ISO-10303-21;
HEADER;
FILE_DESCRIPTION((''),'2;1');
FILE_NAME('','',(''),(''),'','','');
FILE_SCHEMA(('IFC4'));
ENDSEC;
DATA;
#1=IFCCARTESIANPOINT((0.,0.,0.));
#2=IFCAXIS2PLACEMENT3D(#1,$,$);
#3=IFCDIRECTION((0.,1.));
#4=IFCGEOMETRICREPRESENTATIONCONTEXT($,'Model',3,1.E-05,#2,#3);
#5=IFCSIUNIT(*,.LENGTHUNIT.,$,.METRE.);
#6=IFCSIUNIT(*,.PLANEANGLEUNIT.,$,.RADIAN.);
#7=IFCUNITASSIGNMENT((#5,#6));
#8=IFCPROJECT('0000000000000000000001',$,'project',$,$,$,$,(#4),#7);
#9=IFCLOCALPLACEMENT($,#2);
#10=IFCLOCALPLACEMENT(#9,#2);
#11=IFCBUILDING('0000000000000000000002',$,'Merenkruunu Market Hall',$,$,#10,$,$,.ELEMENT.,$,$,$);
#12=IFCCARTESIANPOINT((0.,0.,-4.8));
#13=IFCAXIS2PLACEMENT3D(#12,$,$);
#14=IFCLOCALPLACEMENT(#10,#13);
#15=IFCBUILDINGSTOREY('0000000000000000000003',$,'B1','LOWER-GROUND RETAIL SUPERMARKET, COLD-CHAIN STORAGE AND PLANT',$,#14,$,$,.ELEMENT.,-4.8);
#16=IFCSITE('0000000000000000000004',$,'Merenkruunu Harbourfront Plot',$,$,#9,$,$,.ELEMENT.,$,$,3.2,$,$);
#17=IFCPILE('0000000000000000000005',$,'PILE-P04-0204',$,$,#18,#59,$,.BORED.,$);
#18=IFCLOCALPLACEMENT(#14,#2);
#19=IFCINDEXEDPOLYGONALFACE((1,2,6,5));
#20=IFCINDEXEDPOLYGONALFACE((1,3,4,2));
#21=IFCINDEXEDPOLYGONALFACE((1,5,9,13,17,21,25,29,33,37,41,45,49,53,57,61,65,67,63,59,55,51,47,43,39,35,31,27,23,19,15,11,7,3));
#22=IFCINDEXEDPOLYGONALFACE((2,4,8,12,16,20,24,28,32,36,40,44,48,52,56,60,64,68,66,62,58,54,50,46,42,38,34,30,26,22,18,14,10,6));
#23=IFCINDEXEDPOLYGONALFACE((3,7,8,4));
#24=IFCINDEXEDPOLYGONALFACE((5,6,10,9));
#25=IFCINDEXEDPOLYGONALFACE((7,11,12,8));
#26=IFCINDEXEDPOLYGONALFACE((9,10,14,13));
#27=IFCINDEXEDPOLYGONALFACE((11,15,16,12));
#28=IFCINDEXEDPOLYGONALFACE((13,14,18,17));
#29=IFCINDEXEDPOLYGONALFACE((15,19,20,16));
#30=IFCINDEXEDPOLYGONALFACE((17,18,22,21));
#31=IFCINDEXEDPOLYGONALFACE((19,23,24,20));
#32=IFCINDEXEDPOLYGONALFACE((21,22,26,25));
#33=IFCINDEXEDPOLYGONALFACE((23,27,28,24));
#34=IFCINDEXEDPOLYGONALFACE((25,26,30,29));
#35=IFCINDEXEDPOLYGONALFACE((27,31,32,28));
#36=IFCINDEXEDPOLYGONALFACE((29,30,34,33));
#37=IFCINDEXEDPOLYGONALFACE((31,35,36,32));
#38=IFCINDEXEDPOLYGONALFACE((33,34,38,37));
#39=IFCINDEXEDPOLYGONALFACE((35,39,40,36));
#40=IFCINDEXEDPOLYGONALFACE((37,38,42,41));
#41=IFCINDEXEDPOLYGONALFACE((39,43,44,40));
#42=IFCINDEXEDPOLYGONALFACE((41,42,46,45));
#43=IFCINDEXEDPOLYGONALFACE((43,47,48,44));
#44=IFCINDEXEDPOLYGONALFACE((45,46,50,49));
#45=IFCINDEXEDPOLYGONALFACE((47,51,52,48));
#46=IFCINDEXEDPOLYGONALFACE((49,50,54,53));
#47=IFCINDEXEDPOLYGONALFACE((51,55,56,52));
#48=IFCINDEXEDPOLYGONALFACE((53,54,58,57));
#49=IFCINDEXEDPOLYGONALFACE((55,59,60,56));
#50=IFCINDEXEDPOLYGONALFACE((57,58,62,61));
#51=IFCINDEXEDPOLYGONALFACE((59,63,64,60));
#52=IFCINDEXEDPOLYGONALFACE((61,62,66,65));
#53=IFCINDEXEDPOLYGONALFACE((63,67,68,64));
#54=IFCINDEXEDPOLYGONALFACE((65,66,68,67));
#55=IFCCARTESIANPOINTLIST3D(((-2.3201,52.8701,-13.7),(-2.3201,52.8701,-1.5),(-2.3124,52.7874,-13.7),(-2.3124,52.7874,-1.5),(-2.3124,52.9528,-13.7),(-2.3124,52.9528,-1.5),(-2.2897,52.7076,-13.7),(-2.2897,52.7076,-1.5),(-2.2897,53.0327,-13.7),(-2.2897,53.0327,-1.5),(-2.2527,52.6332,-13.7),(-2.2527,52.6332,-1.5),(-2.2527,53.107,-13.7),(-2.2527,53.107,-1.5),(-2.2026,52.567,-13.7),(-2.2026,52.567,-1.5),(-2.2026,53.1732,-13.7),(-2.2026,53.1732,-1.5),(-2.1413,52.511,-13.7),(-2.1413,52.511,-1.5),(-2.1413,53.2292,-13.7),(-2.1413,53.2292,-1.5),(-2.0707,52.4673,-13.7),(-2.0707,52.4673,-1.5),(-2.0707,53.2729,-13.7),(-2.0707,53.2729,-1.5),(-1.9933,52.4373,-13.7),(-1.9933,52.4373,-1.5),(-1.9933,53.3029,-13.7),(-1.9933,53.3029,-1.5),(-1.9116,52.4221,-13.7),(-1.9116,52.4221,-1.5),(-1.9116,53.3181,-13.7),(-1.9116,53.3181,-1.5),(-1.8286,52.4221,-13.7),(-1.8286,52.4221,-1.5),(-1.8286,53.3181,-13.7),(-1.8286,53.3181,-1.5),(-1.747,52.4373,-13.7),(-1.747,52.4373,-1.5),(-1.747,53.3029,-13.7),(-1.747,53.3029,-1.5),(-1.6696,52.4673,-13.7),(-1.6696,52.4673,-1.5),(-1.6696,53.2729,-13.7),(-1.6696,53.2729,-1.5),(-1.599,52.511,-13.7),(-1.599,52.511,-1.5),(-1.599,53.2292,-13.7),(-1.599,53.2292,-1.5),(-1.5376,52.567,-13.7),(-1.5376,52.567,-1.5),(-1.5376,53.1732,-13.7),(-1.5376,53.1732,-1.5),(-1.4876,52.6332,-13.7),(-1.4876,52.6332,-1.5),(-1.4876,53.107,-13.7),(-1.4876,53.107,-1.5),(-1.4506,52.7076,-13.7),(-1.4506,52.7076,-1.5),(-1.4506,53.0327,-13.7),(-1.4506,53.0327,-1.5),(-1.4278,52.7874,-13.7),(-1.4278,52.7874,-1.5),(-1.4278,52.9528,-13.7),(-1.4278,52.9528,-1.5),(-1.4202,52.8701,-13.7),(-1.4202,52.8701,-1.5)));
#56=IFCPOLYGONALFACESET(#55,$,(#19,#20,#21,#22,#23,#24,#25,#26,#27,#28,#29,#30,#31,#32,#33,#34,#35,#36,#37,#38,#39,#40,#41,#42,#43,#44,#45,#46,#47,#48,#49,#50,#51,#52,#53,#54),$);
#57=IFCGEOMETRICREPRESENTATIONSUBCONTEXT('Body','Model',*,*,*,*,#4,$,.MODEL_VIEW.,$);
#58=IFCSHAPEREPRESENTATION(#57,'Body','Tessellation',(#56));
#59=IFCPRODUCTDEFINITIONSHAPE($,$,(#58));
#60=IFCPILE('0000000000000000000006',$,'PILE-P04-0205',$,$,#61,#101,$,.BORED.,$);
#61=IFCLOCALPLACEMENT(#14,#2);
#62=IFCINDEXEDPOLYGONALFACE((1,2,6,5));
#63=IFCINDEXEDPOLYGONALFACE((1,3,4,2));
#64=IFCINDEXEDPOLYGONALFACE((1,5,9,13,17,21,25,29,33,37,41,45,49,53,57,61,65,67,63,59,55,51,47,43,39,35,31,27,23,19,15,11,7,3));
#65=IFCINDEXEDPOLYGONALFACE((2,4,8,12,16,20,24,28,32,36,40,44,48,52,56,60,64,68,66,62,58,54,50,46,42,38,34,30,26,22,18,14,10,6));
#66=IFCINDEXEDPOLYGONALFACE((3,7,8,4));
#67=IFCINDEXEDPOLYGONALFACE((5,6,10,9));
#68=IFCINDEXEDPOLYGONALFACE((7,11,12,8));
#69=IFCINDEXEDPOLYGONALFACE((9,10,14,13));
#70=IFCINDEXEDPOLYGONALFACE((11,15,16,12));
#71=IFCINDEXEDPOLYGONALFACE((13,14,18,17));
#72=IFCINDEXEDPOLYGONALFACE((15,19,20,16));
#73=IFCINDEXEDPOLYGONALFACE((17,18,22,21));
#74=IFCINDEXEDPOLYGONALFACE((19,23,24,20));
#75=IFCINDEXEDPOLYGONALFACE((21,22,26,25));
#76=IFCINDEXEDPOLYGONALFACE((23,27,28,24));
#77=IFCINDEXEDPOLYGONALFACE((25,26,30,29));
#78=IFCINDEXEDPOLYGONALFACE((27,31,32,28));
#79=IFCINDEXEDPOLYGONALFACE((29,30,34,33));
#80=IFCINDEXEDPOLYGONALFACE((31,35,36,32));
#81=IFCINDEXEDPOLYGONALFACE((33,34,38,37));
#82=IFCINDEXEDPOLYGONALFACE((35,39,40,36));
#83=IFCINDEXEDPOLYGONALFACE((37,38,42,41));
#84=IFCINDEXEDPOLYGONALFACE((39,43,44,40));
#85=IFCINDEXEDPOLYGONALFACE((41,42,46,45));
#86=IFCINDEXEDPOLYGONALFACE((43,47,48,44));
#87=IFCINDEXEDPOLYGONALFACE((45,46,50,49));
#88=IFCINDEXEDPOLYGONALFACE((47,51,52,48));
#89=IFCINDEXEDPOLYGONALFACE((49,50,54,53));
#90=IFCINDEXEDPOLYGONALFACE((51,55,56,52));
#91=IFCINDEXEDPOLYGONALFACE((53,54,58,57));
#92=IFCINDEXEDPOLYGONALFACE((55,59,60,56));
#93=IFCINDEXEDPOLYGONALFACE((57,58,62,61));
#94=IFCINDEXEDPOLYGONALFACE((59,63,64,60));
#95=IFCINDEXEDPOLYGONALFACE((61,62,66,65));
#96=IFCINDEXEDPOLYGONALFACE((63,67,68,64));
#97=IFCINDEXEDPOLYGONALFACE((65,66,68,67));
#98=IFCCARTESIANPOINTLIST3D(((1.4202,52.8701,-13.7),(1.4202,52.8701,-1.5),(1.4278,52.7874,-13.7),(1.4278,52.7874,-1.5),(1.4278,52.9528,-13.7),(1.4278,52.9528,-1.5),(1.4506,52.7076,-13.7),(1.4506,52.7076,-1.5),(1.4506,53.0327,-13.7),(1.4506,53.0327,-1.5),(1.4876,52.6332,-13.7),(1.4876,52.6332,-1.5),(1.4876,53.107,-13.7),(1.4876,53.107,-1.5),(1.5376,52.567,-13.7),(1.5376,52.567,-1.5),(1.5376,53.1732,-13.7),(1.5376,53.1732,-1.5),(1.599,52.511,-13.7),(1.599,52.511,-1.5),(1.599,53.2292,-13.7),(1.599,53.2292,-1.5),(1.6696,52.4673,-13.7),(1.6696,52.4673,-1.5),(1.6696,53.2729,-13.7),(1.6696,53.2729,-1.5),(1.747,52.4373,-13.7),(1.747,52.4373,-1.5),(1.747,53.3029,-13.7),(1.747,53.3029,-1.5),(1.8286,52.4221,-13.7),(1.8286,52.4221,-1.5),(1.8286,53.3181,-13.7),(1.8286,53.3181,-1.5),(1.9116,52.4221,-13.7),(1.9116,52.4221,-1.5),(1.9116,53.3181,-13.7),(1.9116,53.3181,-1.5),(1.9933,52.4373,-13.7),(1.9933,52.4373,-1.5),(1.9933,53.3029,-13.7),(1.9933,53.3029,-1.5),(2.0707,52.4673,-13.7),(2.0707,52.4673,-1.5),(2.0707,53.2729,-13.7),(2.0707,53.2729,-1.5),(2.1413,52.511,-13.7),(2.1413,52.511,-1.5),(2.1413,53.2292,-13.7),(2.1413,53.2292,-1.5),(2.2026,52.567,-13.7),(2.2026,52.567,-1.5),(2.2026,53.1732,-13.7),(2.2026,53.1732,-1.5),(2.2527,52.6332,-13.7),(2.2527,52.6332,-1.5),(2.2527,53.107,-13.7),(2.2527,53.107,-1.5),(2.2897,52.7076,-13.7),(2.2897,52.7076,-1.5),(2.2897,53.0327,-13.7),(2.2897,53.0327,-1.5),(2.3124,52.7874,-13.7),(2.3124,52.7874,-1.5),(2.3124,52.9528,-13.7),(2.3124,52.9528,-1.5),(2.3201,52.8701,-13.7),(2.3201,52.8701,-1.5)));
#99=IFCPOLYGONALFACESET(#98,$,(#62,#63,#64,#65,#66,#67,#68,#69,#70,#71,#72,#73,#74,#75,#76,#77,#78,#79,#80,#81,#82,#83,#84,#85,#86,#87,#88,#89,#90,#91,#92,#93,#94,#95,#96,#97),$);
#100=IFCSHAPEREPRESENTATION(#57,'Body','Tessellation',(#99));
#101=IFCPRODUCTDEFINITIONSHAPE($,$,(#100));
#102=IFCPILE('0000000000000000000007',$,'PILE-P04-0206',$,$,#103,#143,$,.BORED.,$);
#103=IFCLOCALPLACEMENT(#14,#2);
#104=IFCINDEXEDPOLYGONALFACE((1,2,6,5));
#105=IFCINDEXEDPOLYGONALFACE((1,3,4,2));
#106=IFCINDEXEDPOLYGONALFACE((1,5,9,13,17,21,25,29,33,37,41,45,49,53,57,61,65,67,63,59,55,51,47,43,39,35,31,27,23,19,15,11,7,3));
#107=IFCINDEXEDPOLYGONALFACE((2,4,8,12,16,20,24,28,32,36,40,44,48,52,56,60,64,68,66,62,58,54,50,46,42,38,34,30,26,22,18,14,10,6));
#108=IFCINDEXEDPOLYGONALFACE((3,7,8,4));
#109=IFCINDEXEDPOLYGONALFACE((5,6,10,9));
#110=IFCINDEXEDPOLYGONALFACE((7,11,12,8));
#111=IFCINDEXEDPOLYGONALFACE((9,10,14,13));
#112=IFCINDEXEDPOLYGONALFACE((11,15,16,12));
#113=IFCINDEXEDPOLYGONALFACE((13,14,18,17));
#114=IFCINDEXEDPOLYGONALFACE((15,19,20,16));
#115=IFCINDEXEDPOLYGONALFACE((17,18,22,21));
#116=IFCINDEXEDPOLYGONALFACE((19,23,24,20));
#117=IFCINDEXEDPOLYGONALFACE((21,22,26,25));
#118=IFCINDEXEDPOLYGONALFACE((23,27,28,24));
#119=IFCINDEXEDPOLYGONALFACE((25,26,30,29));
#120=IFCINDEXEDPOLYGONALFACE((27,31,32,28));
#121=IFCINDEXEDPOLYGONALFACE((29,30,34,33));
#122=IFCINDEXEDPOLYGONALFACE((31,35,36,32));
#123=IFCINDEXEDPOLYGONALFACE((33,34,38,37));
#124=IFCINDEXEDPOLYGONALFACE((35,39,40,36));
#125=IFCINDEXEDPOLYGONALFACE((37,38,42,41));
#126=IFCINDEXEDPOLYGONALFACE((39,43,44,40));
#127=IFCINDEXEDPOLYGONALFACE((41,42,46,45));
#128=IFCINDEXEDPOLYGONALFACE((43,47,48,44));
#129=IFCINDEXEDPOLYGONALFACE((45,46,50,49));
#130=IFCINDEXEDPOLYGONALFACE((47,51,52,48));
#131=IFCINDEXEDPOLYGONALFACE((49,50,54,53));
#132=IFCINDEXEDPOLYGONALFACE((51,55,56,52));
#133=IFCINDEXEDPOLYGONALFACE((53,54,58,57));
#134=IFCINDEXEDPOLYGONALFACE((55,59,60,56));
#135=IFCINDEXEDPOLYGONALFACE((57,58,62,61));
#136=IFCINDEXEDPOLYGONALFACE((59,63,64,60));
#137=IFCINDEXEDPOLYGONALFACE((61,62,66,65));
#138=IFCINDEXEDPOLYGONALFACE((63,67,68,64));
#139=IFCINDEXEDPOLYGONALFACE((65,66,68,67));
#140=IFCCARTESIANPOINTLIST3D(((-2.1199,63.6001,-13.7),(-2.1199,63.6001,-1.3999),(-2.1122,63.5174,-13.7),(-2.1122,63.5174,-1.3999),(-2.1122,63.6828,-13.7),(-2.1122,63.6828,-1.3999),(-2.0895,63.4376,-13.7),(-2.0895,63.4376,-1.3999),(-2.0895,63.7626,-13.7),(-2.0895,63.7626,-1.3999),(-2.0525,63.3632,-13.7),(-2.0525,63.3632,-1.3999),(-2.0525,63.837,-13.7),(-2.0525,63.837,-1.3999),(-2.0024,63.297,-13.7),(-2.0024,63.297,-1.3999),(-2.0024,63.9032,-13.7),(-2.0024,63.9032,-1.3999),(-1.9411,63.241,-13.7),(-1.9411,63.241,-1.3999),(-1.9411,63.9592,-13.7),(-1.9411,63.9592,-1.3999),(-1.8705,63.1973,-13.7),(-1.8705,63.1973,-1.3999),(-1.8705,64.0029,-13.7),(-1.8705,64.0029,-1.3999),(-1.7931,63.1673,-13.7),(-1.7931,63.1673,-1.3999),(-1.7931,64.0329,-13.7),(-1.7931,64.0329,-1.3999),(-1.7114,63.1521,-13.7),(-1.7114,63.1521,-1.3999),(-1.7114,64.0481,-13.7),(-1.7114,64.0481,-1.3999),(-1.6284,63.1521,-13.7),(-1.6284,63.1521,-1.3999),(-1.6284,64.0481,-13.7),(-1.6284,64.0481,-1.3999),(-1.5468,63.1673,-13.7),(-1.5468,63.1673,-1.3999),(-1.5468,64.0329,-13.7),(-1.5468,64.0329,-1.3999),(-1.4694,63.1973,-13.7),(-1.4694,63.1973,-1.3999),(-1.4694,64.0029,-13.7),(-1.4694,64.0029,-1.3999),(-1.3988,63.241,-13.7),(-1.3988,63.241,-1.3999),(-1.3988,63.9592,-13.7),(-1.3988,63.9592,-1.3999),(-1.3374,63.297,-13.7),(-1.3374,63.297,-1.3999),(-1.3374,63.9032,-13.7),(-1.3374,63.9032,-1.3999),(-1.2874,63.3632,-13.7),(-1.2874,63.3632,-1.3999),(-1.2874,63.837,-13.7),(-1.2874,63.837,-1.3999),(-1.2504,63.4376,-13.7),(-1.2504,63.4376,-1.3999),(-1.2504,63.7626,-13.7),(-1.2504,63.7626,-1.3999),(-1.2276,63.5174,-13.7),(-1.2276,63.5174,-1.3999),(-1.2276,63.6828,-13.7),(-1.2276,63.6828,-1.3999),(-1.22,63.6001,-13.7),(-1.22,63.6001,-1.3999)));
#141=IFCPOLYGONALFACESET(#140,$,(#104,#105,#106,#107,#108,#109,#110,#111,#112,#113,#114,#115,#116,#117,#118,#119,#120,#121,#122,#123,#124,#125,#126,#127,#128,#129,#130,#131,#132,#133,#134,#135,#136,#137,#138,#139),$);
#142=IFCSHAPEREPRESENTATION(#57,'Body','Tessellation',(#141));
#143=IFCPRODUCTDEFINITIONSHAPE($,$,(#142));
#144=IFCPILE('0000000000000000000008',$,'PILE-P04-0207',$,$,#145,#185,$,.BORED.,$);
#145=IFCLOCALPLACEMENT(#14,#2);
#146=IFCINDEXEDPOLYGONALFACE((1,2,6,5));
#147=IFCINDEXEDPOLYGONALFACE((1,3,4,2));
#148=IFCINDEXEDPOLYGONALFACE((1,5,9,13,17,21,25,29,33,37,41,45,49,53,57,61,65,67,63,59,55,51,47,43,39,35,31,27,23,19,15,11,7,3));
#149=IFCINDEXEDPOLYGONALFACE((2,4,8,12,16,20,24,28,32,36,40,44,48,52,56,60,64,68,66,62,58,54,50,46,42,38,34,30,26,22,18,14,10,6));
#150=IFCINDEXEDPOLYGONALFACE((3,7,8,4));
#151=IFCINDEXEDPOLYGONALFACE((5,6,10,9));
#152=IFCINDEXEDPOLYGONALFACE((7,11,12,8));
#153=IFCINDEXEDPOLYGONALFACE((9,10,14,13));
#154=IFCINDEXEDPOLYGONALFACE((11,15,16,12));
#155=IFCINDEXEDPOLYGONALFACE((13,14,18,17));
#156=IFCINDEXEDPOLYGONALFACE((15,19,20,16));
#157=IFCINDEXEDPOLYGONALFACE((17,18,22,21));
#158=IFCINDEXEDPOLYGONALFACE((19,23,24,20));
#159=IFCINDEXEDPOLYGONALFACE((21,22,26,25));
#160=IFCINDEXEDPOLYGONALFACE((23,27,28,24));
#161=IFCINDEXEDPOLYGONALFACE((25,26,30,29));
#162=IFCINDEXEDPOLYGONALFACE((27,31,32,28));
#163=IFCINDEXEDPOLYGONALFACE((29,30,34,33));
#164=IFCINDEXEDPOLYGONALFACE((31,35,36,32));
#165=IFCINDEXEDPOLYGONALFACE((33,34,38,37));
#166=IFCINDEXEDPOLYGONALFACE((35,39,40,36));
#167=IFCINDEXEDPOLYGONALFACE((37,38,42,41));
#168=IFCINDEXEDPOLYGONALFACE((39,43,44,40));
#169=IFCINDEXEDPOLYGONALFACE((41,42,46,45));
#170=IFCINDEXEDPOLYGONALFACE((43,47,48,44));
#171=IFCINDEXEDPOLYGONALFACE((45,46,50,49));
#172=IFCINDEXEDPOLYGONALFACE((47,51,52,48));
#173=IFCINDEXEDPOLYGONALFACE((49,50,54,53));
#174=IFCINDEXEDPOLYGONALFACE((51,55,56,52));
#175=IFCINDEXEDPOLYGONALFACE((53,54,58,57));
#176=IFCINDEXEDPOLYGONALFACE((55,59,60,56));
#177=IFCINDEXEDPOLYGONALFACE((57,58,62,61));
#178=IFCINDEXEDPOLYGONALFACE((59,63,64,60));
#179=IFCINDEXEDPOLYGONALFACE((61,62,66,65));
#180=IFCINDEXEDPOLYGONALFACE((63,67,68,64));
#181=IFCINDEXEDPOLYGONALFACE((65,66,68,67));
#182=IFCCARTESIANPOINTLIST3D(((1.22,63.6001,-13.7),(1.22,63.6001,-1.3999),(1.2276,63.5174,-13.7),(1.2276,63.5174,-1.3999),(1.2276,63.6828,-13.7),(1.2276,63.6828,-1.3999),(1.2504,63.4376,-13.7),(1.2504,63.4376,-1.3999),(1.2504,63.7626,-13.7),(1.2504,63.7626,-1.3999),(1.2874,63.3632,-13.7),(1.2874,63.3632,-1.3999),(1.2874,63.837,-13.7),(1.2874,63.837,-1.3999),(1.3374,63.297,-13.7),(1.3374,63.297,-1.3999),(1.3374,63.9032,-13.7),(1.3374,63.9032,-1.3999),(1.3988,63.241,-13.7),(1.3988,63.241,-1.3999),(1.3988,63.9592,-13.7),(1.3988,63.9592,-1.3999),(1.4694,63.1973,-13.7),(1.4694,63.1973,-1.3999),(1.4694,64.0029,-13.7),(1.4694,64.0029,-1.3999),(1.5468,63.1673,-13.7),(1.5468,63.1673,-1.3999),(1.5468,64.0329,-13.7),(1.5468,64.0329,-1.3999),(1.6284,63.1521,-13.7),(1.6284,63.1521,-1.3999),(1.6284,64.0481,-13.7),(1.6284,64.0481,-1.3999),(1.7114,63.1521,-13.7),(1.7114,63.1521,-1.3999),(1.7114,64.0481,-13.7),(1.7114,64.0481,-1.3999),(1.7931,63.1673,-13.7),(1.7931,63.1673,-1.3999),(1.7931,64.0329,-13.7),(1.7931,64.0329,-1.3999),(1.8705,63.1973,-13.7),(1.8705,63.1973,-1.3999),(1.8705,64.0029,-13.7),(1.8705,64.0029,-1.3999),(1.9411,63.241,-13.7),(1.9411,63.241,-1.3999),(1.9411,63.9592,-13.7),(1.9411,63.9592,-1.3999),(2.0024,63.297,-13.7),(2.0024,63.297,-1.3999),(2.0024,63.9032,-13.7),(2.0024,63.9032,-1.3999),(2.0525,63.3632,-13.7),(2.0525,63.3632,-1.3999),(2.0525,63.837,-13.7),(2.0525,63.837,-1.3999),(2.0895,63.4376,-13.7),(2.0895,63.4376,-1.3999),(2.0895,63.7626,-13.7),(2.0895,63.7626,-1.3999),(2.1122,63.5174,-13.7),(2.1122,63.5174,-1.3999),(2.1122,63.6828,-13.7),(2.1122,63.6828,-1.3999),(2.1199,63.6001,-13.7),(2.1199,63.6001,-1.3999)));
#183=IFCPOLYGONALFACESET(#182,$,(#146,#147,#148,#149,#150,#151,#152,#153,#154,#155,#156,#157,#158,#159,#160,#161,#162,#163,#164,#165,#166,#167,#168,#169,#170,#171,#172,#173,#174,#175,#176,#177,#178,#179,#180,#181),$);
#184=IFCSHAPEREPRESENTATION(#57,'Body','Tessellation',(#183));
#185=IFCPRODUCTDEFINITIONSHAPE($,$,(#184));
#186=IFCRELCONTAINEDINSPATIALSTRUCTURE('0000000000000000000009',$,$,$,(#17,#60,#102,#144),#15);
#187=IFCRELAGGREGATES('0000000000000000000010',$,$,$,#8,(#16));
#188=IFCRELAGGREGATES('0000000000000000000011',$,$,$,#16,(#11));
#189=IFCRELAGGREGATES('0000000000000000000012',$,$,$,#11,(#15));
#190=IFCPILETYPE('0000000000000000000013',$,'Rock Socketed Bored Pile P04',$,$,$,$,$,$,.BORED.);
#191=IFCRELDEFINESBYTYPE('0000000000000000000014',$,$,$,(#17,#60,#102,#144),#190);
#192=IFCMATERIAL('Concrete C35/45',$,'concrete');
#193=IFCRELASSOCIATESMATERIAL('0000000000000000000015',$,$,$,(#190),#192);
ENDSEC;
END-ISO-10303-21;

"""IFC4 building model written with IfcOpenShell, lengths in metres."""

from ifc_helpers import new_model, si_unit, direction, frame, origin, origin_2d, place, context, subcontext, project, spatial, circle, extrude, material, material_profile, profile_set, type_object, element, save


model = new_model("IFC4")

# Units and contexts
model_context = context("Model", 3, precision=1e-05, world=origin(), true_north=direction((0.0, 1.0)))
body_context = subcontext(model_context, "Body", "Model", "MODEL_VIEW")
ifc_project = project(units=[si_unit("LENGTHUNIT", "METRE"), si_unit("PLANEANGLEUNIT", "RADIAN")], contexts=[model_context])

# Site, building, storey
site_placement = place(None, origin())
site = spatial("IfcSite", under=ifc_project, at=site_placement, Name="Merenkruunu Harbourfront Plot", CompositionType="ELEMENT", RefElevation=3.2)
building_placement = place(site_placement, origin())
building = spatial("IfcBuilding", under=site, at=building_placement, Name="Merenkruunu Market Hall", CompositionType="ELEMENT")
storey_placement = place(building_placement, frame((0.0, 0.0, -4.8)))
storey = spatial("IfcBuildingStorey", under=building, at=storey_placement, Name="B1", Description="LOWER-GROUND RETAIL SUPERMARKET, COLD-CHAIN STORAGE AND PLANT", CompositionType="ELEMENT", Elevation=-4.8)

# Shared definitions
ifc_material_1 = material(Name="Concrete C35/45", Category="concrete")

# Piles
ifc_material_profile_1 = material_profile(ifc_material_1, circle(Radius=0.45, at=origin_2d()), Name="BORED PILE 900")
ifc_profile_set_1 = profile_set([ifc_material_profile_1], Name="Concrete C35/45")
pile_type_1 = type_object("IfcPileType", Name="Rock Socketed Bored Pile P04", PredefinedType="BORED", material=ifc_profile_set_1)
for number, where, z_axis, x_axis, name in (
    (1, (-1.8701, 52.8701, -1.5), (0.0, 0.0, -1.0), (1.0, 0.0, 0.0), "PILE-P04-0204"),
    (2, (1.8701, 52.8701, -1.5), (0.0, 0.0, -1.0), (1.0, 0.0, 0.0), "PILE-P04-0205"),
):
    element("IfcPile", number, at=place(storey_placement, frame(where, z_axis=z_axis, x_axis=x_axis)), inside=storey, type_object=pile_type_1, Name=name, PredefinedType="BORED", context=body_context, shape_type="SweptSolid", body=[
        extrude(circle(Radius=0.45, at=origin_2d()), origin(), (0.0, 0.0, 1.0), 12.2),
    ])
for number, where, z_axis, x_axis, name in (
    (3, (-1.6699, 63.6001, -1.3999), (0.0, 0.0, -1.0), (1.0, 0.0, 0.0), "PILE-P04-0206"),
    (4, (1.6699, 63.6001, -1.3999), (0.0, 0.0, -1.0), (1.0, 0.0, 0.0), "PILE-P04-0207"),
):
    element("IfcPile", number, at=place(storey_placement, frame(where, z_axis=z_axis, x_axis=x_axis)), inside=storey, type_object=pile_type_1, Name=name, PredefinedType="BORED", context=body_context, shape_type="SweptSolid", body=[
        extrude(circle(Radius=0.45, at=origin_2d()), origin(), (0.0, 0.0, 1.0), 12.3),
    ])

save(model, "model.ifc")
